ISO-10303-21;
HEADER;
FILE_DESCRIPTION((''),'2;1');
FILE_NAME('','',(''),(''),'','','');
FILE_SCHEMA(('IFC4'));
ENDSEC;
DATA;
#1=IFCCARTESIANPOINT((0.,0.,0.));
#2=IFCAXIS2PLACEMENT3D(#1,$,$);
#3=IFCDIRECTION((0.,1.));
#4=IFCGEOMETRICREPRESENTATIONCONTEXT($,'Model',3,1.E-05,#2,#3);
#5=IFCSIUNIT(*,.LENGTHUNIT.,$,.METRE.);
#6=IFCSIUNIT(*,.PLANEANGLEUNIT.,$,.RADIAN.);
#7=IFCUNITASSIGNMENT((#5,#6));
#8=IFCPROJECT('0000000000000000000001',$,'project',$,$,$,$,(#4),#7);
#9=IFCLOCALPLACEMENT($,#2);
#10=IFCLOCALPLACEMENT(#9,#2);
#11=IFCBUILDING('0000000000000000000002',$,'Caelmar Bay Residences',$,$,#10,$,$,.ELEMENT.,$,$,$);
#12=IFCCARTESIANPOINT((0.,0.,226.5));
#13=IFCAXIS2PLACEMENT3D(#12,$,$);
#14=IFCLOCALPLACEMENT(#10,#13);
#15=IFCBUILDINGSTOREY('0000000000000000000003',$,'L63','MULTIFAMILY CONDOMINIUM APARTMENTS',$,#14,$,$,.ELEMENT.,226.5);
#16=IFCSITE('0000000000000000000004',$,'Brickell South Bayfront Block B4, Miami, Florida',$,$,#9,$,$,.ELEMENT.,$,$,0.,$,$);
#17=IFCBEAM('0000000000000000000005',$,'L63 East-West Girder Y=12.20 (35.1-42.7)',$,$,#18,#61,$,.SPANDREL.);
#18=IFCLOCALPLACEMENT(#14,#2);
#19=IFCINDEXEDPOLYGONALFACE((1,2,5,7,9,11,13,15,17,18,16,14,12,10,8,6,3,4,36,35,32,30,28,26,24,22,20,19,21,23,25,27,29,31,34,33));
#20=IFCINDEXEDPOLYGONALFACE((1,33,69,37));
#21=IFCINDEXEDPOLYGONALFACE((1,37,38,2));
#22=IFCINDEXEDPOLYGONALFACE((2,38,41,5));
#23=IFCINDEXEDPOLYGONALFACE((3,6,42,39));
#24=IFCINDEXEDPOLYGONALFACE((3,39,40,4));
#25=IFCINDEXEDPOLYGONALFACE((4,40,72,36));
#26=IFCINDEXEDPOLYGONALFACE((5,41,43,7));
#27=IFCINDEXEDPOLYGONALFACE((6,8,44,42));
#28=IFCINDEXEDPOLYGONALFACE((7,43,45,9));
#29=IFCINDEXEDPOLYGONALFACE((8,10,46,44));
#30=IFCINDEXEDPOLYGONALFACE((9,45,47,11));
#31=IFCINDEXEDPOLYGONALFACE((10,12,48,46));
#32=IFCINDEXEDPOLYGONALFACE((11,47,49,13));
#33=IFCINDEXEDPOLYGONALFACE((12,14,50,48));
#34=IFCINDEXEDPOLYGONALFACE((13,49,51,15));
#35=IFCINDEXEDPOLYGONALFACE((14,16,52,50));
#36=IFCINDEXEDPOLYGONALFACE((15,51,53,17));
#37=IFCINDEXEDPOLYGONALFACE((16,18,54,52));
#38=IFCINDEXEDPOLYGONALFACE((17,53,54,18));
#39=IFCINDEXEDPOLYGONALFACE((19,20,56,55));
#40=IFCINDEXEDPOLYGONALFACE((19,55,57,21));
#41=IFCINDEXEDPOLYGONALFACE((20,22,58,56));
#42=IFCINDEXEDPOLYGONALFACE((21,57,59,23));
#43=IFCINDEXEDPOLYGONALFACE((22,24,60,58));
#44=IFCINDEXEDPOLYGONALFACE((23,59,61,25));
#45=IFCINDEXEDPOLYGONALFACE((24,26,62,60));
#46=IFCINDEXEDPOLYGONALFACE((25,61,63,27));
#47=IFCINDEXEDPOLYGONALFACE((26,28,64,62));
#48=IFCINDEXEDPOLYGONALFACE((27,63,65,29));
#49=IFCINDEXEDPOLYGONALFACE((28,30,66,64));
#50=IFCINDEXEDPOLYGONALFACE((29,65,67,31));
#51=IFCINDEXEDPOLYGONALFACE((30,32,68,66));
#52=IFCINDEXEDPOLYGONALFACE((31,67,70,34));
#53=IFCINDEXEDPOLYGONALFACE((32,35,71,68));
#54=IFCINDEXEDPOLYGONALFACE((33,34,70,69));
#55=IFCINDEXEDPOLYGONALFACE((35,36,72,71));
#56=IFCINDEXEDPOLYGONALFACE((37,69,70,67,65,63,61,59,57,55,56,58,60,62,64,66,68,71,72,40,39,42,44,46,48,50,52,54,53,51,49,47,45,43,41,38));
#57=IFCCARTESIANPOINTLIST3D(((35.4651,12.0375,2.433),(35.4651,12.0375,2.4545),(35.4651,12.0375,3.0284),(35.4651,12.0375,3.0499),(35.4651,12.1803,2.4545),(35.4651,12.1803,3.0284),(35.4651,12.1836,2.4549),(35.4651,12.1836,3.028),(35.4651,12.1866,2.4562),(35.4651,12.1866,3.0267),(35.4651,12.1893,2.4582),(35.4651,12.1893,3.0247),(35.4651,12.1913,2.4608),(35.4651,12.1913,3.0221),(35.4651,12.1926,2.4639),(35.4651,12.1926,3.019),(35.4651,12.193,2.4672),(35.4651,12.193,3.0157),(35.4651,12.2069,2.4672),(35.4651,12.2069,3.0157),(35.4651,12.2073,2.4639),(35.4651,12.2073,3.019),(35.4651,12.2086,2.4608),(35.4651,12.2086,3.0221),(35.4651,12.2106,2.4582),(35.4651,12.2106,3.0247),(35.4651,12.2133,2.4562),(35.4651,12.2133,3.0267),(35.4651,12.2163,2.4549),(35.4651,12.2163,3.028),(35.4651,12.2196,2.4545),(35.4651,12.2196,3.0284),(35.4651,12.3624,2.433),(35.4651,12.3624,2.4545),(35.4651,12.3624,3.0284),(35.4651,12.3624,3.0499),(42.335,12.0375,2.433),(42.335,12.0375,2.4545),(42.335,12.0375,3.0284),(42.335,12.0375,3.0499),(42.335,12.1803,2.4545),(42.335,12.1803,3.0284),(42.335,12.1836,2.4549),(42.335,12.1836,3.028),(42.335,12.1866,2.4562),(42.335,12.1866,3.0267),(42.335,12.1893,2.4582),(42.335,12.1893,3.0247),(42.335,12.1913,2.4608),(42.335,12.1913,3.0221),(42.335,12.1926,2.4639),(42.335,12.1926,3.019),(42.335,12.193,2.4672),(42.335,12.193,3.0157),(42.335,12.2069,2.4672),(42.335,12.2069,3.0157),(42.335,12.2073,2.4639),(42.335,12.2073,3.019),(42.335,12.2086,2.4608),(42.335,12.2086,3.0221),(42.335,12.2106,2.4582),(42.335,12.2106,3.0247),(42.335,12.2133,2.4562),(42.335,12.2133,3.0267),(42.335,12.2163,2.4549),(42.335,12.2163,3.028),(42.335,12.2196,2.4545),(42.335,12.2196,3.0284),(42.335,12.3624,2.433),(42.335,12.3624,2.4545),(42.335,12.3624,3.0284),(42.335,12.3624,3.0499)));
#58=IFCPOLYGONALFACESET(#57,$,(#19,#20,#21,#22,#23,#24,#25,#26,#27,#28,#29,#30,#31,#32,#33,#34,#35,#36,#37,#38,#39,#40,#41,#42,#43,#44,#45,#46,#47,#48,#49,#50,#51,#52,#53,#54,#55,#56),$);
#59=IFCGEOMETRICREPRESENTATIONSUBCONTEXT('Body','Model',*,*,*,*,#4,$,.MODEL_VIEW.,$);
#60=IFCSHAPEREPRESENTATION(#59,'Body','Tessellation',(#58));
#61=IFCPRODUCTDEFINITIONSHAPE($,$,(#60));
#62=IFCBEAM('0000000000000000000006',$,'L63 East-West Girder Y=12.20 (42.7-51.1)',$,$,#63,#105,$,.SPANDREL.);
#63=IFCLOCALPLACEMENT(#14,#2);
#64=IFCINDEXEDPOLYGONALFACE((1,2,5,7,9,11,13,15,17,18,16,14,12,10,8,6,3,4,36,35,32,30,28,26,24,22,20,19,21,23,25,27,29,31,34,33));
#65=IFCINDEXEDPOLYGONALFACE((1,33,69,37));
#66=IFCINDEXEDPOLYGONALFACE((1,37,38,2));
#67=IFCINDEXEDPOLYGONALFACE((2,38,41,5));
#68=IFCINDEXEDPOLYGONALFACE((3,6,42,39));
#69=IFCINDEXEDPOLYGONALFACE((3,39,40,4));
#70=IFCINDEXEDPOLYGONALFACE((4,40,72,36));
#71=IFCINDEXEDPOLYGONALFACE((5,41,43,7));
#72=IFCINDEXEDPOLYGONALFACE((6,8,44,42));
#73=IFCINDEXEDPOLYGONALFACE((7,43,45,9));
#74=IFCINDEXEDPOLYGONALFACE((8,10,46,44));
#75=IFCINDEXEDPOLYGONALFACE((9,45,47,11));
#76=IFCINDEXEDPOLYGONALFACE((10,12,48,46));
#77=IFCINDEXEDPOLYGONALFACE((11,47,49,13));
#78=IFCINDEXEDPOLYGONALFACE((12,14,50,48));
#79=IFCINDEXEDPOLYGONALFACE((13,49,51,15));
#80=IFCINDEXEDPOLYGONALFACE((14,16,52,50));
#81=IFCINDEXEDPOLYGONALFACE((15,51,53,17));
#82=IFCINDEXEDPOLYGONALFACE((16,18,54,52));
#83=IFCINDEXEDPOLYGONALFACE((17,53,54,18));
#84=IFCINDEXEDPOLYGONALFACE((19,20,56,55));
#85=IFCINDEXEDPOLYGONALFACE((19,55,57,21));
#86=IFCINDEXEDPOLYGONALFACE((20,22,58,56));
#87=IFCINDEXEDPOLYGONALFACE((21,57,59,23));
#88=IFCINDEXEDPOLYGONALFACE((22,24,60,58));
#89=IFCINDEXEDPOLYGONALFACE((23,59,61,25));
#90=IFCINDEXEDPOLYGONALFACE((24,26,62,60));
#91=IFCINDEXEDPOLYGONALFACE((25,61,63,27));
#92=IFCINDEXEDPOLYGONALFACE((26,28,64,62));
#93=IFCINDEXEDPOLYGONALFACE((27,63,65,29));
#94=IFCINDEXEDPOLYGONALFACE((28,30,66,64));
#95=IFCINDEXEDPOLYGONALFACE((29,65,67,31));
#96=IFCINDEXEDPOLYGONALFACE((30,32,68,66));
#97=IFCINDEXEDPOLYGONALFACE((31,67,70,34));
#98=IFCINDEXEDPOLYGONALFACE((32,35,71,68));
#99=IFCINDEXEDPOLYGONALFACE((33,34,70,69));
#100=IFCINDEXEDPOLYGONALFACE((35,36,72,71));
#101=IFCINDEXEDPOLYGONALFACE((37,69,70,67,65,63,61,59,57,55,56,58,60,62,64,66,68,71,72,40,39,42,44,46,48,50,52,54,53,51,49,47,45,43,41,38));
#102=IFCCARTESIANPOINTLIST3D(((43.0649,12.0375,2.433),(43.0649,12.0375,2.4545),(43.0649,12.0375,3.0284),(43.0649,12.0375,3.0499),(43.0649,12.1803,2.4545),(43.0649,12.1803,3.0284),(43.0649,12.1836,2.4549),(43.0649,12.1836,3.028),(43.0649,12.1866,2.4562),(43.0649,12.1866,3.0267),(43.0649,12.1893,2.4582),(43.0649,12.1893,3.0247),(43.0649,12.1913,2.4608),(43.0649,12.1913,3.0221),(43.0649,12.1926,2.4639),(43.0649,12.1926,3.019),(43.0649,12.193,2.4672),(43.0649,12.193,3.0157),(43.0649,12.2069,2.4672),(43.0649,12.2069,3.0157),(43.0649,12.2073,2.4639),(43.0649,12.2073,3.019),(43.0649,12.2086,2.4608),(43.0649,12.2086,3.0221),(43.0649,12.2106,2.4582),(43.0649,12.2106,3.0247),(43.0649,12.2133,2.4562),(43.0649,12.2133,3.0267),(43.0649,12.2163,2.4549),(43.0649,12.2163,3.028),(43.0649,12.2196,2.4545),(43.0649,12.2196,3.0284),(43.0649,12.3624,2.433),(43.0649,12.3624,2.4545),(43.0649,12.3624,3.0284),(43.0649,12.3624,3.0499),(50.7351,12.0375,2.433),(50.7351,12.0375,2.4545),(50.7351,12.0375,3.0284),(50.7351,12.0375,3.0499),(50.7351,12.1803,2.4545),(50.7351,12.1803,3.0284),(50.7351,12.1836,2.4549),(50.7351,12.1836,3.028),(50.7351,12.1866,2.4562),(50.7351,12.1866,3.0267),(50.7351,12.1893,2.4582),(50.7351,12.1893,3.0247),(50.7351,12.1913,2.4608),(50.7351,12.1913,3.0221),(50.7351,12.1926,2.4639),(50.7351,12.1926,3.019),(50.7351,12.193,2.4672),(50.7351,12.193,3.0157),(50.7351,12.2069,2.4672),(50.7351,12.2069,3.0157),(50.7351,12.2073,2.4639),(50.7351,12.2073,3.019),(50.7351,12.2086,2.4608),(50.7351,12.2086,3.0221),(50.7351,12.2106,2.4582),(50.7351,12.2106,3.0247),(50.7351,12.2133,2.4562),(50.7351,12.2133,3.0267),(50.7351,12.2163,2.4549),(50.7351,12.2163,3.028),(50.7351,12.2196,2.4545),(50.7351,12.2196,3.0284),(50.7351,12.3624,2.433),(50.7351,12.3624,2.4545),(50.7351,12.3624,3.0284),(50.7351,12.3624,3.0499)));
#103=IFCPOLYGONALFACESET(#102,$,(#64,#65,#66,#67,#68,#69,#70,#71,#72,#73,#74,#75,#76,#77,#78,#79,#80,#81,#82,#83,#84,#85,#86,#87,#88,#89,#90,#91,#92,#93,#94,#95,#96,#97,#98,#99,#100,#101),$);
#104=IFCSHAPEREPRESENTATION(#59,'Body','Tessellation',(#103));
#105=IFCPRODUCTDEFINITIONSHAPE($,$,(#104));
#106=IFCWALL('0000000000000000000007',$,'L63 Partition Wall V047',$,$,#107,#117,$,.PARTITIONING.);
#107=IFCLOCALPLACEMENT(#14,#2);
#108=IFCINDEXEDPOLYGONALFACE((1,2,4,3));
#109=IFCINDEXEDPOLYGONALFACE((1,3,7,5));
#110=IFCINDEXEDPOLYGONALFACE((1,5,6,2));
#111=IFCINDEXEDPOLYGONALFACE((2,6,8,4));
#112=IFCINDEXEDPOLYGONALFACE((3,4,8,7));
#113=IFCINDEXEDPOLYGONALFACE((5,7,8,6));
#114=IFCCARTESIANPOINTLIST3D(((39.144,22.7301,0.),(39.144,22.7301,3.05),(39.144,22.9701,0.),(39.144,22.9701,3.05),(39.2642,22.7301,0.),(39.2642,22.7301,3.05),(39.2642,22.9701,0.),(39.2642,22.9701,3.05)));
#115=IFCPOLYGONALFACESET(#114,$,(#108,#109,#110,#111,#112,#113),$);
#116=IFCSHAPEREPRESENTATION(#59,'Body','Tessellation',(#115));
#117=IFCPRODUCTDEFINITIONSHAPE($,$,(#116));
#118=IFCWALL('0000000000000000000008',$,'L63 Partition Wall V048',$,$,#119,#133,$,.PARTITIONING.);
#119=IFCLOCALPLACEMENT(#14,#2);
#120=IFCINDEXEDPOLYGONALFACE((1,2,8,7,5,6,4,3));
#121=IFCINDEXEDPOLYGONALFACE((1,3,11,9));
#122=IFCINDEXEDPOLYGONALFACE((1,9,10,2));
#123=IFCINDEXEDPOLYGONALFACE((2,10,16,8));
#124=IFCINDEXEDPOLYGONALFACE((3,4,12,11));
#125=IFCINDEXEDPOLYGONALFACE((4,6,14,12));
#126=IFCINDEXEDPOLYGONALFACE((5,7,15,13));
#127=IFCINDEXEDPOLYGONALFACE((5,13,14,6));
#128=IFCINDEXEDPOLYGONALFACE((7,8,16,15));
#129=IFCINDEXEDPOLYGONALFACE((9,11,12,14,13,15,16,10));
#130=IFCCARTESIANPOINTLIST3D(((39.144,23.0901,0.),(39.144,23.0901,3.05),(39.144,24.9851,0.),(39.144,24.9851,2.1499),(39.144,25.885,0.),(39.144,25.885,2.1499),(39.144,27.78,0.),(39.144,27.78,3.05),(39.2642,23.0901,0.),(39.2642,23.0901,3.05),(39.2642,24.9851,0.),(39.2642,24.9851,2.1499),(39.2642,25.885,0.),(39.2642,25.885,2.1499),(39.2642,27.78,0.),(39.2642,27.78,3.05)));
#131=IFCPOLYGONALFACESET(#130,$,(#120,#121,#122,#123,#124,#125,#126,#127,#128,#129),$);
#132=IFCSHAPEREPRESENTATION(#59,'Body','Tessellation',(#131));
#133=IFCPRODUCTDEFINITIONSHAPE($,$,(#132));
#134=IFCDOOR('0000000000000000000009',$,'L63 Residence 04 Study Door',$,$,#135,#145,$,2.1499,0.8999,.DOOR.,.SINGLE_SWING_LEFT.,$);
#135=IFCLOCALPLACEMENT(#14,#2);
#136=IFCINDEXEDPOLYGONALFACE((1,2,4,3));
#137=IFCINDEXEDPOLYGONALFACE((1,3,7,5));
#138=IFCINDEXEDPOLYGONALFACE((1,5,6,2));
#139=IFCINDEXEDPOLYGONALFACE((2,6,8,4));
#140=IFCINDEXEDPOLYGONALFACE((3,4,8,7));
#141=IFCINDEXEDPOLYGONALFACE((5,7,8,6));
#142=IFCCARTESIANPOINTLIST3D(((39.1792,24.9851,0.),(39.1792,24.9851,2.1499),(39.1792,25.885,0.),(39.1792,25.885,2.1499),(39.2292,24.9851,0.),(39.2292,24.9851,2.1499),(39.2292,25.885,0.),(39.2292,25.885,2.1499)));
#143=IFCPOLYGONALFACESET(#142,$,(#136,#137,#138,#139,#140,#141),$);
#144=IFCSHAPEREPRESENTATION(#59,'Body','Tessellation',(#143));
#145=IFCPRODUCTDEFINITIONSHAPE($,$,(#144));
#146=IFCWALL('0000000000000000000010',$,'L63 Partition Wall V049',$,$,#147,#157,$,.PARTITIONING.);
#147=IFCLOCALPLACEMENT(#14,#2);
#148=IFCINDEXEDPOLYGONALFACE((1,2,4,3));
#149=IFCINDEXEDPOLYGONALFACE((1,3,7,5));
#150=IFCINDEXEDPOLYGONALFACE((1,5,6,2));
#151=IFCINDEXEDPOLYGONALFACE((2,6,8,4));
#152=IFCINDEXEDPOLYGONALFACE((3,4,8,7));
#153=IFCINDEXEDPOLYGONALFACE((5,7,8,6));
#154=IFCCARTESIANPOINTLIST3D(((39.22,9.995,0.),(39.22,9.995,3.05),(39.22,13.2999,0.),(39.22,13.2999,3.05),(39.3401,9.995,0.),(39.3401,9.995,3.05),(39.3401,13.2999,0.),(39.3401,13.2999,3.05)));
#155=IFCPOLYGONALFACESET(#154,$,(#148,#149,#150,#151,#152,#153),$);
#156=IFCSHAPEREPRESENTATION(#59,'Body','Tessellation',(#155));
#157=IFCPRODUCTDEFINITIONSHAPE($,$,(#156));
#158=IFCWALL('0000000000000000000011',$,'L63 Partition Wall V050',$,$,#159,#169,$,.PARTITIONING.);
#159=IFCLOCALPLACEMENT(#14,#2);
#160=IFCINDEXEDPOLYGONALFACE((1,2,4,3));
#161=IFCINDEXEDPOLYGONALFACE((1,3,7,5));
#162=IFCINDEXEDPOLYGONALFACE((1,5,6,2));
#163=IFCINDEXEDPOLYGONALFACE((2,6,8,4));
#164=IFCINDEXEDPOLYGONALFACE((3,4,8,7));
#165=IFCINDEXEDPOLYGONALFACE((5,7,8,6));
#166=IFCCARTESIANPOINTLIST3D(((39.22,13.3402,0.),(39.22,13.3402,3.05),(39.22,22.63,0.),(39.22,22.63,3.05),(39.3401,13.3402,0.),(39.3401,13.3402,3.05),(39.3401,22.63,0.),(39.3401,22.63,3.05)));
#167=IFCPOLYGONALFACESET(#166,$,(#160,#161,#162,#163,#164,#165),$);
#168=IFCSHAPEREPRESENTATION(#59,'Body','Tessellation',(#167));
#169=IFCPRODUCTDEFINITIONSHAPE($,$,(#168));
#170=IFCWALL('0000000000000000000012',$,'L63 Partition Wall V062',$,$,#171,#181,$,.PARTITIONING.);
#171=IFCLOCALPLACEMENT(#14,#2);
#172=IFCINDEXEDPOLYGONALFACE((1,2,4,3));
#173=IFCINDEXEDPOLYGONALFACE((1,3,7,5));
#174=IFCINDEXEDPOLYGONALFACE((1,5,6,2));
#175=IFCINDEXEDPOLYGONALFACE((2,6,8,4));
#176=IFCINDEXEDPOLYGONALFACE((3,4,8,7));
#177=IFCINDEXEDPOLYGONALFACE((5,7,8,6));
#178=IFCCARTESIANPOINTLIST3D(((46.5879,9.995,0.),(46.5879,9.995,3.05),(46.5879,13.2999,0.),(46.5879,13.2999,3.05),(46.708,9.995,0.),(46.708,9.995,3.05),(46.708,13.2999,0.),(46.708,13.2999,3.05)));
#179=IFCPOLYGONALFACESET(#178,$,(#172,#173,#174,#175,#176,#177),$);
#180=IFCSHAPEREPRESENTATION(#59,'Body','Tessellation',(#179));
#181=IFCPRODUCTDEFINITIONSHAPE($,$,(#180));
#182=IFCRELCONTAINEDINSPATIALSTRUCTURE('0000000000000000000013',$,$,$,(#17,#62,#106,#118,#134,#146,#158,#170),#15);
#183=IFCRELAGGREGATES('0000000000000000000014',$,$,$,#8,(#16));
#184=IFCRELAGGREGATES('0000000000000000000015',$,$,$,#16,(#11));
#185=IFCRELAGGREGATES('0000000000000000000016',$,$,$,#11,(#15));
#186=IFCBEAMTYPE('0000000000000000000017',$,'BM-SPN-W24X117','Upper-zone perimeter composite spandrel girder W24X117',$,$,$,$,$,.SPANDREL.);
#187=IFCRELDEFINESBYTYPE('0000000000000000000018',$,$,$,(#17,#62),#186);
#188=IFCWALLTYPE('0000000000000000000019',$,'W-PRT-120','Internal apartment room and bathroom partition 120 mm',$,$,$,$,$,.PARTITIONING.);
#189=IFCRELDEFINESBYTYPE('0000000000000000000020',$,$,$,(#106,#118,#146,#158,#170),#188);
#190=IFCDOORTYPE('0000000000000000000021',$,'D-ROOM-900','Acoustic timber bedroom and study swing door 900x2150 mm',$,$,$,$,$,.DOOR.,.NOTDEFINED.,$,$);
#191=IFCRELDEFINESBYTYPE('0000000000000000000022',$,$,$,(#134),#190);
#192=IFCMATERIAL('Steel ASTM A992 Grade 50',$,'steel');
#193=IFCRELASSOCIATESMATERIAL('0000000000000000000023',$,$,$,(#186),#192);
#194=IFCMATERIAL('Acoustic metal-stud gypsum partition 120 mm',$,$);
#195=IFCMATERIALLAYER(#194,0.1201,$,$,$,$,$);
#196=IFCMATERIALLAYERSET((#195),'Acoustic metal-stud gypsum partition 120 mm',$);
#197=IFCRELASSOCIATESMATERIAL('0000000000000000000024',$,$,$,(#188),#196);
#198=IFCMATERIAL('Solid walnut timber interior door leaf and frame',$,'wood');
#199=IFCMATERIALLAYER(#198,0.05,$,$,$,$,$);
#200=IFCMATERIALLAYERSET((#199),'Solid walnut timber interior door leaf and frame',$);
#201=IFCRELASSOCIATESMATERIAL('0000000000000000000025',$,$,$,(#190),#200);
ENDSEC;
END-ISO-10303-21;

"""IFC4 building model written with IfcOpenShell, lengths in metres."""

from ifc_helpers import new_model, si_unit, direction, frame, frame_2d, origin, origin_2d, place, context, subcontext, project, spatial, rectangle, i_section, extrude, material, layer, layer_set, material_profile, profile_set, type_object, element, fill, save


model = new_model("IFC4")

# Units and contexts
model_context = context("Model", 3, precision=1e-05, world=origin(), true_north=direction((0.0, 1.0)))
body_context = subcontext(model_context, "Body", "Model", "MODEL_VIEW")
ifc_project = project(units=[si_unit("LENGTHUNIT", "METRE"), si_unit("PLANEANGLEUNIT", "RADIAN")], contexts=[model_context])

# Site, building, storey
site_placement = place(None, origin())
site = spatial("IfcSite", under=ifc_project, at=site_placement, Name="Brickell South Bayfront Block B4, Miami, Florida", CompositionType="ELEMENT", RefElevation=0.0)
building_placement = place(site_placement, origin())
building = spatial("IfcBuilding", under=site, at=building_placement, Name="Caelmar Bay Residences", CompositionType="ELEMENT")
storey_placement = place(building_placement, frame((0.0, 0.0, 226.5)))
storey = spatial("IfcBuildingStorey", under=building, at=storey_placement, Name="L63", Description="MULTIFAMILY CONDOMINIUM APARTMENTS", CompositionType="ELEMENT", Elevation=226.5)

# Beams
ifc_material_1 = material(Name="Steel ASTM A992 Grade 50", Category="steel")
ifc_material_profile_1 = material_profile(ifc_material_1, i_section(OverallWidth=0.325, OverallDepth=0.6169, WebThickness=0.0139, FlangeThickness=0.0215, FilletRadius=0.0127, at=origin_2d()), Name="W24X117")
ifc_profile_set_1 = profile_set([ifc_material_profile_1], Name="Steel ASTM A992 Grade 50")
beam_type_1 = type_object("IfcBeamType", Name="BM-SPN-W24X117", Description="Upper-zone perimeter composite spandrel girder W24X117", PredefinedType="SPANDREL", material=ifc_profile_set_1)
beam_1_placement = place(storey_placement, frame((35.4651, 12.2, 2.7415), z_axis=(1.0, 0.0, 0.0), x_axis=(0.0, 1.0, 0.0)))
element("IfcBeam", 1, at=beam_1_placement, inside=storey, type_object=beam_type_1, Name="L63 East-West Girder Y=12.20 (35.1-42.7)", PredefinedType="SPANDREL", context=body_context, shape_type="SweptSolid", body=[
    extrude(i_section(OverallWidth=0.325, OverallDepth=0.6169, WebThickness=0.0139, FlangeThickness=0.0215, FilletRadius=0.0127, at=origin_2d()), origin(), (0.0, 0.0, 1.0), 6.8699),
])
beam_2_placement = place(storey_placement, frame((43.0649, 12.2, 2.7415), z_axis=(1.0, 0.0, 0.0), x_axis=(0.0, 1.0, 0.0)))
element("IfcBeam", 2, at=beam_2_placement, inside=storey, type_object=beam_type_1, Name="L63 East-West Girder Y=12.20 (42.7-51.1)", PredefinedType="SPANDREL", context=body_context, shape_type="SweptSolid", body=[
    extrude(i_section(OverallWidth=0.325, OverallDepth=0.6169, WebThickness=0.0139, FlangeThickness=0.0215, FilletRadius=0.0127, at=origin_2d()), origin(), (0.0, 0.0, 1.0), 7.6702),
])

# Wall
ifc_material_2 = material(Name="Acoustic metal-stud gypsum partition 120 mm")
ifc_layer_1 = layer(ifc_material_2, 0.1201)
ifc_layer_set_1 = layer_set([ifc_layer_1], Name="Acoustic metal-stud gypsum partition 120 mm")
wall_type_1 = type_object("IfcWallType", Name="W-PRT-120", Description="Internal apartment room and bathroom partition 120 mm", PredefinedType="PARTITIONING", material=ifc_layer_set_1)
wall_1_placement = place(storey_placement, frame((39.2041, 22.73, 0.0), z_axis=(0.0, 0.0, 1.0), x_axis=(0.0, 1.0, 0.0)))
element("IfcWall", 3, at=wall_1_placement, inside=storey, type_object=wall_type_1, Name="L63 Partition Wall V047", PredefinedType="PARTITIONING", context=body_context, shape_type="SweptSolid", body=[
    extrude(rectangle(XDim=0.24, YDim=0.1201, at=frame_2d((0.1201, 0.0))), origin(), (0.0, 0.0, 1.0), 3.05),
])

# Wall, opening, door
wall_2_placement = place(storey_placement, frame((39.2041, 23.0901, 0.0), z_axis=(0.0, 0.0, 1.0), x_axis=(0.0, 1.0, 0.0)))
wall_2 = element("IfcWall", 4, at=wall_2_placement, inside=storey, type_object=wall_type_1, Name="L63 Partition Wall V048", PredefinedType="PARTITIONING", context=body_context, shape_type="SweptSolid", body=[
    extrude(rectangle(XDim=4.6899, YDim=0.1201, at=frame_2d((2.345, 0.0))), origin(), (0.0, 0.0, 1.0), 3.05),
])
opening_1_placement = place(wall_2_placement, frame((1.895, 0.0, 0.0)))
opening_1 = element("IfcOpeningElement", 5, at=opening_1_placement, cuts=wall_2, PredefinedType="OPENING", context=body_context, shape_type="SweptSolid", body=[
    extrude(rectangle(XDim=0.8999, YDim=2.1499, at=frame_2d((0.45, 1.075))), frame((0.0, 0.0701, 0.0), z_axis=(0.0, -1.0, 0.0), x_axis=(1.0, 0.0, 0.0)), (0.0, 0.0, 1.0), 0.1401),
])
ifc_material_3 = material(Name="Solid walnut timber interior door leaf and frame", Category="wood")
ifc_layer_2 = layer(ifc_material_3, 0.05)
ifc_layer_set_2 = layer_set([ifc_layer_2], Name="Solid walnut timber interior door leaf and frame")
door_type = type_object("IfcDoorType", Name="D-ROOM-900", Description="Acoustic timber bedroom and study swing door 900x2150 mm", OperationType="NOTDEFINED", PredefinedType="DOOR", material=ifc_layer_set_2)
door_1_placement = place(opening_1_placement, origin())
door_1 = element("IfcDoor", 6, at=door_1_placement, inside=storey, type_object=door_type, Name="L63 Residence 04 Study Door", OperationType="SINGLE_SWING_LEFT", OverallHeight=2.1499, OverallWidth=0.8999, PredefinedType="DOOR", context=body_context, shape_type="SweptSolid", body=[
    extrude(rectangle(XDim=0.8999, YDim=2.1499, at=frame_2d((0.45, 1.075))), frame((0.0, 0.0249, 0.0), z_axis=(0.0, -1.0, 0.0), x_axis=(1.0, 0.0, 0.0)), (0.0, 0.0, 1.0), 0.05),
])
fill(opening_1, door_1)

# Walls
wall_3_placement = place(storey_placement, frame((39.28, 9.9951, 0.0), z_axis=(0.0, 0.0, 1.0), x_axis=(0.0, 1.0, 0.0)))
element("IfcWall", 7, at=wall_3_placement, inside=storey, type_object=wall_type_1, Name="L63 Partition Wall V049", PredefinedType="PARTITIONING", context=body_context, shape_type="SweptSolid", body=[
    extrude(rectangle(XDim=3.3049, YDim=0.1201, at=frame_2d((1.6523, 0.0))), origin(), (0.0, 0.0, 1.0), 3.05),
])
wall_4_placement = place(storey_placement, frame((39.28, 13.3401, 0.0), z_axis=(0.0, 0.0, 1.0), x_axis=(0.0, 1.0, 0.0)))
element("IfcWall", 8, at=wall_4_placement, inside=storey, type_object=wall_type_1, Name="L63 Partition Wall V050", PredefinedType="PARTITIONING", context=body_context, shape_type="SweptSolid", body=[
    extrude(rectangle(XDim=9.2898, YDim=0.1201, at=frame_2d((4.645, 0.0))), origin(), (0.0, 0.0, 1.0), 3.05),
])
wall_5_placement = place(storey_placement, frame((46.6479, 9.9951, 0.0), z_axis=(0.0, 0.0, 1.0), x_axis=(0.0, 1.0, 0.0)))
element("IfcWall", 9, at=wall_5_placement, inside=storey, type_object=wall_type_1, Name="L63 Partition Wall V062", PredefinedType="PARTITIONING", context=body_context, shape_type="SweptSolid", body=[
    extrude(rectangle(XDim=3.3049, YDim=0.1201, at=frame_2d((1.6523, 0.0))), origin(), (0.0, 0.0, 1.0), 3.05),
])

save(model, "model.ifc")
